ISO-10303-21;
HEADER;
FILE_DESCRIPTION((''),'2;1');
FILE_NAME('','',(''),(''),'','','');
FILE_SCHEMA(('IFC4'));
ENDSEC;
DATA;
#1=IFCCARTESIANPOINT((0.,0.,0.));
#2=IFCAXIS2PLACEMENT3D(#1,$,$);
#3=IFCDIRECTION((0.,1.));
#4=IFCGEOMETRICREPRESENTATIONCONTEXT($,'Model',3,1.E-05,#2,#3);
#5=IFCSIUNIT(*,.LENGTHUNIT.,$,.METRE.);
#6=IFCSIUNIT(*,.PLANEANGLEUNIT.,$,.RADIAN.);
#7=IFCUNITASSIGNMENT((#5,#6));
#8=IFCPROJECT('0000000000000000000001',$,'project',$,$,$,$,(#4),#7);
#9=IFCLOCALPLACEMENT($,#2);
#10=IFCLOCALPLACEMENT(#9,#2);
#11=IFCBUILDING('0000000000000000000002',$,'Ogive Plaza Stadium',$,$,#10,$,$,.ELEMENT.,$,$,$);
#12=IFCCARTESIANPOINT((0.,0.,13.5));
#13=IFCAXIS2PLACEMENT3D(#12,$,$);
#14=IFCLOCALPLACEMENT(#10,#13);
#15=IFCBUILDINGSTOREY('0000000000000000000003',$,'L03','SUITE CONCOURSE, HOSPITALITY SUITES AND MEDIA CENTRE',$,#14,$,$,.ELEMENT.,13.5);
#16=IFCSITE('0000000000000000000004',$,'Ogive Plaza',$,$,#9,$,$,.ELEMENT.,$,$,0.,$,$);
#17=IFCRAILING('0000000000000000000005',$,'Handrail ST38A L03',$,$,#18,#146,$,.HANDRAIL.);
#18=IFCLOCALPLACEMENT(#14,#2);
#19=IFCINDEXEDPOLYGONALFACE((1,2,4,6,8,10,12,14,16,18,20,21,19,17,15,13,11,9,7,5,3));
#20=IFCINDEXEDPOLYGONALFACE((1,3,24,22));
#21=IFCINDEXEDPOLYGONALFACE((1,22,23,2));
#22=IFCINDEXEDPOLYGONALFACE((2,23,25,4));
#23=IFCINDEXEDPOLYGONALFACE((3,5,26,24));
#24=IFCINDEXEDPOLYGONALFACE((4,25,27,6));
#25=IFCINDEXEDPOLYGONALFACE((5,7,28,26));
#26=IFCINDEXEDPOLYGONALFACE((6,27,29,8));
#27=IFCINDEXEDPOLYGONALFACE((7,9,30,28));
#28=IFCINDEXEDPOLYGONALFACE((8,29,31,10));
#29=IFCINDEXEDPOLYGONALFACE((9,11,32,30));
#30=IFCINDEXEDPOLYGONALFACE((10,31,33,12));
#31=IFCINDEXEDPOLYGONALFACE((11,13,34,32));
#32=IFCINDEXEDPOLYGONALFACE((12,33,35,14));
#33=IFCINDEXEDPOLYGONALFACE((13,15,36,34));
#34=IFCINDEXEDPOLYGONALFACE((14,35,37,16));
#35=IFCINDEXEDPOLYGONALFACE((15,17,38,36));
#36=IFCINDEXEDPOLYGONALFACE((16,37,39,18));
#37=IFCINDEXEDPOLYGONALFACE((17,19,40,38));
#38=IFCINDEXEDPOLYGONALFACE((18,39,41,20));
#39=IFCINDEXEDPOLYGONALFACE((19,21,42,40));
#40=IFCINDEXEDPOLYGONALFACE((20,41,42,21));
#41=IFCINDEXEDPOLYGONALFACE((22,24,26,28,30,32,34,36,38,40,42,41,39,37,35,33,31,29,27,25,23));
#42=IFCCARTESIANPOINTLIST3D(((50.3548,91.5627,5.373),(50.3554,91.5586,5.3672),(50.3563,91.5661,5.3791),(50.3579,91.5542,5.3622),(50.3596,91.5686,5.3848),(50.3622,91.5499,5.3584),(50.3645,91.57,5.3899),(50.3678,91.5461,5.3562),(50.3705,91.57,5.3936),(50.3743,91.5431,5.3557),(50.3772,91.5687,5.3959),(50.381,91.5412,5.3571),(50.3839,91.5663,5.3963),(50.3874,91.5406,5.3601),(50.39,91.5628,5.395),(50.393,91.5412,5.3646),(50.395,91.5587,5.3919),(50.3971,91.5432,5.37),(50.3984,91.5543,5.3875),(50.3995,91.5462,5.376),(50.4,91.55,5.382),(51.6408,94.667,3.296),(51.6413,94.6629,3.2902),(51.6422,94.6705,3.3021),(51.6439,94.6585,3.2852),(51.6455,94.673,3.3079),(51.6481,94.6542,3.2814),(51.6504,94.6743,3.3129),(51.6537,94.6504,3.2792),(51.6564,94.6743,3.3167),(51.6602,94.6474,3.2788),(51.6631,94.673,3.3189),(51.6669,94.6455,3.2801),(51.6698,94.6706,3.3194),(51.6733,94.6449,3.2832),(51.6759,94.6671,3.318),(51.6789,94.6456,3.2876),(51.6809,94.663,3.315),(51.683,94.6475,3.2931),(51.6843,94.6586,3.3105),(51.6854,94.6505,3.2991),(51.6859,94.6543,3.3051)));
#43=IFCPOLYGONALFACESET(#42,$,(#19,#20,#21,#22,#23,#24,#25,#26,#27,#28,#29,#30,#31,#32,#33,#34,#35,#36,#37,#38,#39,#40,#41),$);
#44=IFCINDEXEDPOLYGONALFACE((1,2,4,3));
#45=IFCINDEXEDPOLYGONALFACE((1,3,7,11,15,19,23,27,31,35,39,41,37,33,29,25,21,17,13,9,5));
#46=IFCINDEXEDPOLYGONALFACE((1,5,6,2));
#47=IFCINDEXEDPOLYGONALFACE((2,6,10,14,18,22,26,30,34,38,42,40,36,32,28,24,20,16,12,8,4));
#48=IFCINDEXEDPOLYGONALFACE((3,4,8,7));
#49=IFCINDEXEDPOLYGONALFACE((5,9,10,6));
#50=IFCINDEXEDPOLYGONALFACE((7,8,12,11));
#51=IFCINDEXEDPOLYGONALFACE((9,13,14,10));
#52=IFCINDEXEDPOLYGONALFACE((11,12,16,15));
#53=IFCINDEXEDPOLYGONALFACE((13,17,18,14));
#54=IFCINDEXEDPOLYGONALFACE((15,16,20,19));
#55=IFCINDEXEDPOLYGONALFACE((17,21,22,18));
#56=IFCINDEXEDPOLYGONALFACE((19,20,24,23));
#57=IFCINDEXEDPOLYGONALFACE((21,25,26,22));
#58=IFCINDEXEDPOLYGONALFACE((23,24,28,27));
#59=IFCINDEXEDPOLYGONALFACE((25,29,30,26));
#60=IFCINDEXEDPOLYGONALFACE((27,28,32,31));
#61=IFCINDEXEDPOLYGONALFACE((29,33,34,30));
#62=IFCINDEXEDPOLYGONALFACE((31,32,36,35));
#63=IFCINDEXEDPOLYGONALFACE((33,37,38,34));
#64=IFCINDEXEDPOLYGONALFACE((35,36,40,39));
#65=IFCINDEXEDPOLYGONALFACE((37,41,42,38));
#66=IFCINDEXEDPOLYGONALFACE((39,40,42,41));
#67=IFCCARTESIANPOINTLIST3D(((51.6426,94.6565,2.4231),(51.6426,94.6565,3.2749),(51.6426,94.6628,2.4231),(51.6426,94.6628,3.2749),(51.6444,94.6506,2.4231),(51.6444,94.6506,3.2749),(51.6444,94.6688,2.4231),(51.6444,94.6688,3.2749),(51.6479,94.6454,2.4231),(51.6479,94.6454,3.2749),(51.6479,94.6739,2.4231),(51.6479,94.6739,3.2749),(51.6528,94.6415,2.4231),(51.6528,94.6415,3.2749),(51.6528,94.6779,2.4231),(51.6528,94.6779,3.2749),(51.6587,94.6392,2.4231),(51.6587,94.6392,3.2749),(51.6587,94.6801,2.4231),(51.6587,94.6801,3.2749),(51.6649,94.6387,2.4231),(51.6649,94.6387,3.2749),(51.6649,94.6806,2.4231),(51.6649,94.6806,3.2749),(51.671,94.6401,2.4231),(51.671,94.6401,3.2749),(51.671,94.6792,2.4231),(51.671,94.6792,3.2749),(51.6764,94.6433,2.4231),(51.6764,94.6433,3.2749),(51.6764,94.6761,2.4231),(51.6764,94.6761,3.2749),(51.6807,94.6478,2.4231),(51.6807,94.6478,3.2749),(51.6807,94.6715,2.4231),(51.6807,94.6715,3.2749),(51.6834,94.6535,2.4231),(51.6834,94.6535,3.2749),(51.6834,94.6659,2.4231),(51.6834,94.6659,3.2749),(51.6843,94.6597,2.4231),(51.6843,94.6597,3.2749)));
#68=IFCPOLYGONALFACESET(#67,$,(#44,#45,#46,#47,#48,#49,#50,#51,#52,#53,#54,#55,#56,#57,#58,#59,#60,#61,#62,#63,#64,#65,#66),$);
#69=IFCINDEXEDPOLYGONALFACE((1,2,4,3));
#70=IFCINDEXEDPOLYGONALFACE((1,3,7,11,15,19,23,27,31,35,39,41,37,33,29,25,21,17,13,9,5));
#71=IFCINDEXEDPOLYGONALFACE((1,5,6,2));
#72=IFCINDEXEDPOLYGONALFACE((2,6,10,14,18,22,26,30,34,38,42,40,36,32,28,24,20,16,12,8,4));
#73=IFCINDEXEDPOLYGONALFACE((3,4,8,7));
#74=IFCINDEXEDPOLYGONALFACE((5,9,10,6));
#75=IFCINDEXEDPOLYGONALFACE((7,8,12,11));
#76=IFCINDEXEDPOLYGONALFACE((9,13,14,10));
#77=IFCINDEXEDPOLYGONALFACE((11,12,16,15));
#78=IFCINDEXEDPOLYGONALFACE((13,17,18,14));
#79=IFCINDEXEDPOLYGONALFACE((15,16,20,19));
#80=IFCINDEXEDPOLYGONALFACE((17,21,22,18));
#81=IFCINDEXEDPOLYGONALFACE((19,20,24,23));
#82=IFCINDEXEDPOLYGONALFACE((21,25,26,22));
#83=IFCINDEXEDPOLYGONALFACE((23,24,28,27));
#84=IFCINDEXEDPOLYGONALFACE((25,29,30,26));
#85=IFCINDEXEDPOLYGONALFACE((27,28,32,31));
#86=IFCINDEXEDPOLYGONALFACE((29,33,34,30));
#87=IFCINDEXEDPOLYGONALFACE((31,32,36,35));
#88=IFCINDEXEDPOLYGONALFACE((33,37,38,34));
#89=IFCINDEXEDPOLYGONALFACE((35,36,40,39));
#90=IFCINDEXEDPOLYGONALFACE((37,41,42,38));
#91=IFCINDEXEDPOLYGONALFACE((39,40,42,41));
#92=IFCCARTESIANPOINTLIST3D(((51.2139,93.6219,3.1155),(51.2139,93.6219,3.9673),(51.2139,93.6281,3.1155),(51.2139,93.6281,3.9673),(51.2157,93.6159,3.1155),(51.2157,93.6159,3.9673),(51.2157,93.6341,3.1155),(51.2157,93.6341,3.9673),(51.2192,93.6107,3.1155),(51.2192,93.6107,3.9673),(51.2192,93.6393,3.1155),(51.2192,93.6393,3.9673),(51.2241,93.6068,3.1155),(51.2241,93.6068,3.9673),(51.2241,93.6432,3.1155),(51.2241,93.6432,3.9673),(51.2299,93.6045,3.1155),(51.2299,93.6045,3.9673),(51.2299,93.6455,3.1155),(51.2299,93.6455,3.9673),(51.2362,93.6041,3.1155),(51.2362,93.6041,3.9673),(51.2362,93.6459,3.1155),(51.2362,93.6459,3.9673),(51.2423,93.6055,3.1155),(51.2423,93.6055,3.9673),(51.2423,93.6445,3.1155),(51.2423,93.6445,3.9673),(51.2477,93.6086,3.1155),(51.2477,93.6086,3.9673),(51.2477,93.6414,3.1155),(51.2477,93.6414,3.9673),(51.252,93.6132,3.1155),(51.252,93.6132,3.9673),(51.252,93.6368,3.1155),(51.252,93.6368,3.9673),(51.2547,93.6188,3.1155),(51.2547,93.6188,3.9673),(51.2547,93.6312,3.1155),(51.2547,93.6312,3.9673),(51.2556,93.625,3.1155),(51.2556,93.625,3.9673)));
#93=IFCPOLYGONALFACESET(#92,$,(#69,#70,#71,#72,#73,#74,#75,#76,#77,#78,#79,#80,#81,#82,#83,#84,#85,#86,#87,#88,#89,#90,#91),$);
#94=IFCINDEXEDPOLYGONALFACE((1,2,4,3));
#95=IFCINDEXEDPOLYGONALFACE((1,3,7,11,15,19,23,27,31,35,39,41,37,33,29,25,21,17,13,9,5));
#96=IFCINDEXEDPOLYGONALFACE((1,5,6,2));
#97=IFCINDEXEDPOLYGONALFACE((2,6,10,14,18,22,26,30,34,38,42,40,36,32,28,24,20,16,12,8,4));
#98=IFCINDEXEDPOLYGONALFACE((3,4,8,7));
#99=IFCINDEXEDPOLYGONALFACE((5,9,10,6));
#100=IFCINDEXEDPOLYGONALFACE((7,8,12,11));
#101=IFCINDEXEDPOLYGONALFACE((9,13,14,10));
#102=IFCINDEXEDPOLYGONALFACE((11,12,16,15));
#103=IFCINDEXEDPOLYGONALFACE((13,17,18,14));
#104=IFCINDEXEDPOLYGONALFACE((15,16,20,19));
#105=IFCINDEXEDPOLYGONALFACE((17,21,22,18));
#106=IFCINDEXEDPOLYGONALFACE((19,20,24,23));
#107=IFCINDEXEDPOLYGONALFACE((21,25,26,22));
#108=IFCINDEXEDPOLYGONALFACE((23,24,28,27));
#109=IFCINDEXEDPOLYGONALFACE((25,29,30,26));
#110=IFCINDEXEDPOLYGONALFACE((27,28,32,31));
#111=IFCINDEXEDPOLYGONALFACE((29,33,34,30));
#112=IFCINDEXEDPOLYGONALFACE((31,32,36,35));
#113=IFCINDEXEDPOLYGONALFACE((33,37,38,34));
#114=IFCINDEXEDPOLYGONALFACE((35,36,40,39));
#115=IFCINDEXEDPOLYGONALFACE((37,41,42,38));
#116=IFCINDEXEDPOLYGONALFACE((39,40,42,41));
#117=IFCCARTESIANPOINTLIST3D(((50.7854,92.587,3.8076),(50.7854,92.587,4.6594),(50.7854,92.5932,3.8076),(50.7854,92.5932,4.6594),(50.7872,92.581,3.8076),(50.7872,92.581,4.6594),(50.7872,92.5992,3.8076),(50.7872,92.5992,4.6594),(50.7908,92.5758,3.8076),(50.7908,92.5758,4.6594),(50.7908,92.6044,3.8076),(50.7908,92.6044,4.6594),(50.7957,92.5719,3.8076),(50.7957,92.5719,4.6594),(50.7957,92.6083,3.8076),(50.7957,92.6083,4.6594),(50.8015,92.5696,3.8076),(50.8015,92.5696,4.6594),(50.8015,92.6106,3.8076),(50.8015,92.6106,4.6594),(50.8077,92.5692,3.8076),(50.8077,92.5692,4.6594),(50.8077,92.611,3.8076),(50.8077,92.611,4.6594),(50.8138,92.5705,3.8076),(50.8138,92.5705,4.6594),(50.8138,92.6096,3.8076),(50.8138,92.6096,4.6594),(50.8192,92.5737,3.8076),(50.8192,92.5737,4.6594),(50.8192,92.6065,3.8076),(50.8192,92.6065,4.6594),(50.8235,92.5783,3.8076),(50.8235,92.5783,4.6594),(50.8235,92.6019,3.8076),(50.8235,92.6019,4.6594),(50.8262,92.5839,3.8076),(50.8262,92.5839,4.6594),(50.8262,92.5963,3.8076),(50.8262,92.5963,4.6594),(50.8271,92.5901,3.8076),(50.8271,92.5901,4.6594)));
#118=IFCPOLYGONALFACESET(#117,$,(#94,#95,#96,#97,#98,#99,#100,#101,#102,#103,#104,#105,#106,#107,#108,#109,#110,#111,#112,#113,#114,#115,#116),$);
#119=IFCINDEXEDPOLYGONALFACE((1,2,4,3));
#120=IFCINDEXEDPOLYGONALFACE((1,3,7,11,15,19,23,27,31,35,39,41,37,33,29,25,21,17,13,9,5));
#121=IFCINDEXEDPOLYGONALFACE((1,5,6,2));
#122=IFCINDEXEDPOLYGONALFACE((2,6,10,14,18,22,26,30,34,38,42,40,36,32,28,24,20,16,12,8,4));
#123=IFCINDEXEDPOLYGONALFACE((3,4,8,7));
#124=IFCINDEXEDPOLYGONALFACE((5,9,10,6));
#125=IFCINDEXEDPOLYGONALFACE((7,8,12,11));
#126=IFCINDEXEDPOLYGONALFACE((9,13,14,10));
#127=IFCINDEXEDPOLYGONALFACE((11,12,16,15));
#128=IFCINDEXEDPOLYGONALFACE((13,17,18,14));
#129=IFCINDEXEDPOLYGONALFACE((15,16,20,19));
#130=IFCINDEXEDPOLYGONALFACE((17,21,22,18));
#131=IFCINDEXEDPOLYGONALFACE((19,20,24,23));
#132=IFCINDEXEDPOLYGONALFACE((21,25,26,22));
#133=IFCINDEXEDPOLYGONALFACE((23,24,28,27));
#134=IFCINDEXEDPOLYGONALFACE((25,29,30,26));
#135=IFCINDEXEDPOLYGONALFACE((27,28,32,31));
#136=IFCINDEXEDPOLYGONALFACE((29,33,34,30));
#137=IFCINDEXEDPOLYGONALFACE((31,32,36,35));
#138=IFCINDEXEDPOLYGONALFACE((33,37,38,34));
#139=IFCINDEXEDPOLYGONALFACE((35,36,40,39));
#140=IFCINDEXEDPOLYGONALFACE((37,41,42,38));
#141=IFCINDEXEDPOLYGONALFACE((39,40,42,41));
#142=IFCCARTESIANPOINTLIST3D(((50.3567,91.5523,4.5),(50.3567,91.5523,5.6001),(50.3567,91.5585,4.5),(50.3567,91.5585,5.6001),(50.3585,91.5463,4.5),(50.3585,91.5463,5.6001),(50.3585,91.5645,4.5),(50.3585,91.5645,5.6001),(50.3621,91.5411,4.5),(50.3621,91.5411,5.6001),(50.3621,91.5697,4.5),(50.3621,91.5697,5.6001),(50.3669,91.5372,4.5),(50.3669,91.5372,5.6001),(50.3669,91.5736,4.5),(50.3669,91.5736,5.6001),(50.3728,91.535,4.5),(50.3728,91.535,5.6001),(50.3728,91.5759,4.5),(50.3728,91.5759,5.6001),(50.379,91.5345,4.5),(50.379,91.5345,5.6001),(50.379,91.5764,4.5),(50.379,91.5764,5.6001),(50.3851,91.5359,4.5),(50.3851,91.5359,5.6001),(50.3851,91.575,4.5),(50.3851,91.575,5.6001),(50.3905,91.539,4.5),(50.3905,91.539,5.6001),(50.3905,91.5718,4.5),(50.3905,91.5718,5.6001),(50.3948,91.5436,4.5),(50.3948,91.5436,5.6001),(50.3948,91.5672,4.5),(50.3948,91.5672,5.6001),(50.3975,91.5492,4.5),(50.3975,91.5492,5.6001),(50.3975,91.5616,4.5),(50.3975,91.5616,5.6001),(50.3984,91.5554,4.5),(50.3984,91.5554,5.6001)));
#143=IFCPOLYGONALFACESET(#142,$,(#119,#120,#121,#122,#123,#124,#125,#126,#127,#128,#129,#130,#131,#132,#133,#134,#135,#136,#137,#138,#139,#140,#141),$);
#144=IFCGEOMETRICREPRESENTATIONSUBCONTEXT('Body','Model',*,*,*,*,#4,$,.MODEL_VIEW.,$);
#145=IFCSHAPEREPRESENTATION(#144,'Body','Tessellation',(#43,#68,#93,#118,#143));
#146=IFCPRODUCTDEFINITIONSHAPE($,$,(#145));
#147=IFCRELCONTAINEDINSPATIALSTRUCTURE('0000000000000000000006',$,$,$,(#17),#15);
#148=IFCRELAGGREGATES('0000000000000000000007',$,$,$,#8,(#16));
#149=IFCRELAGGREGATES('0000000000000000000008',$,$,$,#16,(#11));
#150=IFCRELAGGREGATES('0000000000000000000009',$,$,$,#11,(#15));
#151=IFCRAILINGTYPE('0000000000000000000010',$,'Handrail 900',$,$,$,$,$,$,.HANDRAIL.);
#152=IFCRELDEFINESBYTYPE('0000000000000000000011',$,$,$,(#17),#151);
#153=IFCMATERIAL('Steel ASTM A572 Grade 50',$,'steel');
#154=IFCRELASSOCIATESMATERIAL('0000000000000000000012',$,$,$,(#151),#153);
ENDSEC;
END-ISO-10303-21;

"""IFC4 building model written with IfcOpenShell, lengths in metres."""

from ifc_helpers import new_model, si_unit, direction, frame, origin, origin_2d, place, context, subcontext, project, spatial, circle, extrude, material, type_object, element, save


model = new_model("IFC4")

# Units and contexts
model_context = context("Model", 3, precision=1e-05, world=origin(), true_north=direction((0.0, 1.0)))
body_context = subcontext(model_context, "Body", "Model", "MODEL_VIEW")
ifc_project = project(units=[si_unit("LENGTHUNIT", "METRE"), si_unit("PLANEANGLEUNIT", "RADIAN")], contexts=[model_context])

# Site, building, storey
site_placement = place(None, origin())
site = spatial("IfcSite", under=ifc_project, at=site_placement, Name="Ogive Plaza", CompositionType="ELEMENT", RefElevation=0.0)
building_placement = place(site_placement, origin())
building = spatial("IfcBuilding", under=site, at=building_placement, Name="Ogive Plaza Stadium", CompositionType="ELEMENT")
storey_placement = place(building_placement, frame((0.0, 0.0, 13.5)))
storey = spatial("IfcBuildingStorey", under=building, at=storey_placement, Name="L03", Description="SUITE CONCOURSE, HOSPITALITY SUITES AND MEDIA CENTRE", CompositionType="ELEMENT", Elevation=13.5)

# Railing
ifc_material_1 = material(Name="Steel ASTM A572 Grade 50", Category="steel")
railing_type_1 = type_object("IfcRailingType", Name="Handrail 900", PredefinedType="HANDRAIL", material=ifc_material_1)
railing_1_placement = place(storey_placement, frame((51.6633, 94.6597, 2.4231)))
element("IfcRailing", 1, at=railing_1_placement, inside=storey, type_object=railing_type_1, Name="Handrail ST38A L03", PredefinedType="HANDRAIL", context=body_context, shape_type="SweptSolid", body=[
    extrude(circle(Radius=0.0239, at=origin_2d()), frame((0.0, 0.0, 0.876), z_axis=(-0.325532, -0.785863, 0.525783), x_axis=(0.923872, -0.3827, 0.0)), (0.0, 0.0, 1.0), 3.9502),
    extrude(circle(Radius=0.021, at=origin_2d()), origin(), (0.0, 0.0, 1.0), 0.8518),
    extrude(circle(Radius=0.021, at=origin_2d()), frame((-0.4287, -1.0347, 0.6924)), (0.0, 0.0, 1.0), 0.8518),
    extrude(circle(Radius=0.021, at=origin_2d()), frame((-0.8572, -2.0696, 1.3845)), (0.0, 0.0, 1.0), 0.8518),
    extrude(circle(Radius=0.021, at=origin_2d()), frame((-1.2859, -3.1042, 2.0769)), (0.0, 0.0, 1.0), 1.1001),
])

save(model, "model.ifc")
